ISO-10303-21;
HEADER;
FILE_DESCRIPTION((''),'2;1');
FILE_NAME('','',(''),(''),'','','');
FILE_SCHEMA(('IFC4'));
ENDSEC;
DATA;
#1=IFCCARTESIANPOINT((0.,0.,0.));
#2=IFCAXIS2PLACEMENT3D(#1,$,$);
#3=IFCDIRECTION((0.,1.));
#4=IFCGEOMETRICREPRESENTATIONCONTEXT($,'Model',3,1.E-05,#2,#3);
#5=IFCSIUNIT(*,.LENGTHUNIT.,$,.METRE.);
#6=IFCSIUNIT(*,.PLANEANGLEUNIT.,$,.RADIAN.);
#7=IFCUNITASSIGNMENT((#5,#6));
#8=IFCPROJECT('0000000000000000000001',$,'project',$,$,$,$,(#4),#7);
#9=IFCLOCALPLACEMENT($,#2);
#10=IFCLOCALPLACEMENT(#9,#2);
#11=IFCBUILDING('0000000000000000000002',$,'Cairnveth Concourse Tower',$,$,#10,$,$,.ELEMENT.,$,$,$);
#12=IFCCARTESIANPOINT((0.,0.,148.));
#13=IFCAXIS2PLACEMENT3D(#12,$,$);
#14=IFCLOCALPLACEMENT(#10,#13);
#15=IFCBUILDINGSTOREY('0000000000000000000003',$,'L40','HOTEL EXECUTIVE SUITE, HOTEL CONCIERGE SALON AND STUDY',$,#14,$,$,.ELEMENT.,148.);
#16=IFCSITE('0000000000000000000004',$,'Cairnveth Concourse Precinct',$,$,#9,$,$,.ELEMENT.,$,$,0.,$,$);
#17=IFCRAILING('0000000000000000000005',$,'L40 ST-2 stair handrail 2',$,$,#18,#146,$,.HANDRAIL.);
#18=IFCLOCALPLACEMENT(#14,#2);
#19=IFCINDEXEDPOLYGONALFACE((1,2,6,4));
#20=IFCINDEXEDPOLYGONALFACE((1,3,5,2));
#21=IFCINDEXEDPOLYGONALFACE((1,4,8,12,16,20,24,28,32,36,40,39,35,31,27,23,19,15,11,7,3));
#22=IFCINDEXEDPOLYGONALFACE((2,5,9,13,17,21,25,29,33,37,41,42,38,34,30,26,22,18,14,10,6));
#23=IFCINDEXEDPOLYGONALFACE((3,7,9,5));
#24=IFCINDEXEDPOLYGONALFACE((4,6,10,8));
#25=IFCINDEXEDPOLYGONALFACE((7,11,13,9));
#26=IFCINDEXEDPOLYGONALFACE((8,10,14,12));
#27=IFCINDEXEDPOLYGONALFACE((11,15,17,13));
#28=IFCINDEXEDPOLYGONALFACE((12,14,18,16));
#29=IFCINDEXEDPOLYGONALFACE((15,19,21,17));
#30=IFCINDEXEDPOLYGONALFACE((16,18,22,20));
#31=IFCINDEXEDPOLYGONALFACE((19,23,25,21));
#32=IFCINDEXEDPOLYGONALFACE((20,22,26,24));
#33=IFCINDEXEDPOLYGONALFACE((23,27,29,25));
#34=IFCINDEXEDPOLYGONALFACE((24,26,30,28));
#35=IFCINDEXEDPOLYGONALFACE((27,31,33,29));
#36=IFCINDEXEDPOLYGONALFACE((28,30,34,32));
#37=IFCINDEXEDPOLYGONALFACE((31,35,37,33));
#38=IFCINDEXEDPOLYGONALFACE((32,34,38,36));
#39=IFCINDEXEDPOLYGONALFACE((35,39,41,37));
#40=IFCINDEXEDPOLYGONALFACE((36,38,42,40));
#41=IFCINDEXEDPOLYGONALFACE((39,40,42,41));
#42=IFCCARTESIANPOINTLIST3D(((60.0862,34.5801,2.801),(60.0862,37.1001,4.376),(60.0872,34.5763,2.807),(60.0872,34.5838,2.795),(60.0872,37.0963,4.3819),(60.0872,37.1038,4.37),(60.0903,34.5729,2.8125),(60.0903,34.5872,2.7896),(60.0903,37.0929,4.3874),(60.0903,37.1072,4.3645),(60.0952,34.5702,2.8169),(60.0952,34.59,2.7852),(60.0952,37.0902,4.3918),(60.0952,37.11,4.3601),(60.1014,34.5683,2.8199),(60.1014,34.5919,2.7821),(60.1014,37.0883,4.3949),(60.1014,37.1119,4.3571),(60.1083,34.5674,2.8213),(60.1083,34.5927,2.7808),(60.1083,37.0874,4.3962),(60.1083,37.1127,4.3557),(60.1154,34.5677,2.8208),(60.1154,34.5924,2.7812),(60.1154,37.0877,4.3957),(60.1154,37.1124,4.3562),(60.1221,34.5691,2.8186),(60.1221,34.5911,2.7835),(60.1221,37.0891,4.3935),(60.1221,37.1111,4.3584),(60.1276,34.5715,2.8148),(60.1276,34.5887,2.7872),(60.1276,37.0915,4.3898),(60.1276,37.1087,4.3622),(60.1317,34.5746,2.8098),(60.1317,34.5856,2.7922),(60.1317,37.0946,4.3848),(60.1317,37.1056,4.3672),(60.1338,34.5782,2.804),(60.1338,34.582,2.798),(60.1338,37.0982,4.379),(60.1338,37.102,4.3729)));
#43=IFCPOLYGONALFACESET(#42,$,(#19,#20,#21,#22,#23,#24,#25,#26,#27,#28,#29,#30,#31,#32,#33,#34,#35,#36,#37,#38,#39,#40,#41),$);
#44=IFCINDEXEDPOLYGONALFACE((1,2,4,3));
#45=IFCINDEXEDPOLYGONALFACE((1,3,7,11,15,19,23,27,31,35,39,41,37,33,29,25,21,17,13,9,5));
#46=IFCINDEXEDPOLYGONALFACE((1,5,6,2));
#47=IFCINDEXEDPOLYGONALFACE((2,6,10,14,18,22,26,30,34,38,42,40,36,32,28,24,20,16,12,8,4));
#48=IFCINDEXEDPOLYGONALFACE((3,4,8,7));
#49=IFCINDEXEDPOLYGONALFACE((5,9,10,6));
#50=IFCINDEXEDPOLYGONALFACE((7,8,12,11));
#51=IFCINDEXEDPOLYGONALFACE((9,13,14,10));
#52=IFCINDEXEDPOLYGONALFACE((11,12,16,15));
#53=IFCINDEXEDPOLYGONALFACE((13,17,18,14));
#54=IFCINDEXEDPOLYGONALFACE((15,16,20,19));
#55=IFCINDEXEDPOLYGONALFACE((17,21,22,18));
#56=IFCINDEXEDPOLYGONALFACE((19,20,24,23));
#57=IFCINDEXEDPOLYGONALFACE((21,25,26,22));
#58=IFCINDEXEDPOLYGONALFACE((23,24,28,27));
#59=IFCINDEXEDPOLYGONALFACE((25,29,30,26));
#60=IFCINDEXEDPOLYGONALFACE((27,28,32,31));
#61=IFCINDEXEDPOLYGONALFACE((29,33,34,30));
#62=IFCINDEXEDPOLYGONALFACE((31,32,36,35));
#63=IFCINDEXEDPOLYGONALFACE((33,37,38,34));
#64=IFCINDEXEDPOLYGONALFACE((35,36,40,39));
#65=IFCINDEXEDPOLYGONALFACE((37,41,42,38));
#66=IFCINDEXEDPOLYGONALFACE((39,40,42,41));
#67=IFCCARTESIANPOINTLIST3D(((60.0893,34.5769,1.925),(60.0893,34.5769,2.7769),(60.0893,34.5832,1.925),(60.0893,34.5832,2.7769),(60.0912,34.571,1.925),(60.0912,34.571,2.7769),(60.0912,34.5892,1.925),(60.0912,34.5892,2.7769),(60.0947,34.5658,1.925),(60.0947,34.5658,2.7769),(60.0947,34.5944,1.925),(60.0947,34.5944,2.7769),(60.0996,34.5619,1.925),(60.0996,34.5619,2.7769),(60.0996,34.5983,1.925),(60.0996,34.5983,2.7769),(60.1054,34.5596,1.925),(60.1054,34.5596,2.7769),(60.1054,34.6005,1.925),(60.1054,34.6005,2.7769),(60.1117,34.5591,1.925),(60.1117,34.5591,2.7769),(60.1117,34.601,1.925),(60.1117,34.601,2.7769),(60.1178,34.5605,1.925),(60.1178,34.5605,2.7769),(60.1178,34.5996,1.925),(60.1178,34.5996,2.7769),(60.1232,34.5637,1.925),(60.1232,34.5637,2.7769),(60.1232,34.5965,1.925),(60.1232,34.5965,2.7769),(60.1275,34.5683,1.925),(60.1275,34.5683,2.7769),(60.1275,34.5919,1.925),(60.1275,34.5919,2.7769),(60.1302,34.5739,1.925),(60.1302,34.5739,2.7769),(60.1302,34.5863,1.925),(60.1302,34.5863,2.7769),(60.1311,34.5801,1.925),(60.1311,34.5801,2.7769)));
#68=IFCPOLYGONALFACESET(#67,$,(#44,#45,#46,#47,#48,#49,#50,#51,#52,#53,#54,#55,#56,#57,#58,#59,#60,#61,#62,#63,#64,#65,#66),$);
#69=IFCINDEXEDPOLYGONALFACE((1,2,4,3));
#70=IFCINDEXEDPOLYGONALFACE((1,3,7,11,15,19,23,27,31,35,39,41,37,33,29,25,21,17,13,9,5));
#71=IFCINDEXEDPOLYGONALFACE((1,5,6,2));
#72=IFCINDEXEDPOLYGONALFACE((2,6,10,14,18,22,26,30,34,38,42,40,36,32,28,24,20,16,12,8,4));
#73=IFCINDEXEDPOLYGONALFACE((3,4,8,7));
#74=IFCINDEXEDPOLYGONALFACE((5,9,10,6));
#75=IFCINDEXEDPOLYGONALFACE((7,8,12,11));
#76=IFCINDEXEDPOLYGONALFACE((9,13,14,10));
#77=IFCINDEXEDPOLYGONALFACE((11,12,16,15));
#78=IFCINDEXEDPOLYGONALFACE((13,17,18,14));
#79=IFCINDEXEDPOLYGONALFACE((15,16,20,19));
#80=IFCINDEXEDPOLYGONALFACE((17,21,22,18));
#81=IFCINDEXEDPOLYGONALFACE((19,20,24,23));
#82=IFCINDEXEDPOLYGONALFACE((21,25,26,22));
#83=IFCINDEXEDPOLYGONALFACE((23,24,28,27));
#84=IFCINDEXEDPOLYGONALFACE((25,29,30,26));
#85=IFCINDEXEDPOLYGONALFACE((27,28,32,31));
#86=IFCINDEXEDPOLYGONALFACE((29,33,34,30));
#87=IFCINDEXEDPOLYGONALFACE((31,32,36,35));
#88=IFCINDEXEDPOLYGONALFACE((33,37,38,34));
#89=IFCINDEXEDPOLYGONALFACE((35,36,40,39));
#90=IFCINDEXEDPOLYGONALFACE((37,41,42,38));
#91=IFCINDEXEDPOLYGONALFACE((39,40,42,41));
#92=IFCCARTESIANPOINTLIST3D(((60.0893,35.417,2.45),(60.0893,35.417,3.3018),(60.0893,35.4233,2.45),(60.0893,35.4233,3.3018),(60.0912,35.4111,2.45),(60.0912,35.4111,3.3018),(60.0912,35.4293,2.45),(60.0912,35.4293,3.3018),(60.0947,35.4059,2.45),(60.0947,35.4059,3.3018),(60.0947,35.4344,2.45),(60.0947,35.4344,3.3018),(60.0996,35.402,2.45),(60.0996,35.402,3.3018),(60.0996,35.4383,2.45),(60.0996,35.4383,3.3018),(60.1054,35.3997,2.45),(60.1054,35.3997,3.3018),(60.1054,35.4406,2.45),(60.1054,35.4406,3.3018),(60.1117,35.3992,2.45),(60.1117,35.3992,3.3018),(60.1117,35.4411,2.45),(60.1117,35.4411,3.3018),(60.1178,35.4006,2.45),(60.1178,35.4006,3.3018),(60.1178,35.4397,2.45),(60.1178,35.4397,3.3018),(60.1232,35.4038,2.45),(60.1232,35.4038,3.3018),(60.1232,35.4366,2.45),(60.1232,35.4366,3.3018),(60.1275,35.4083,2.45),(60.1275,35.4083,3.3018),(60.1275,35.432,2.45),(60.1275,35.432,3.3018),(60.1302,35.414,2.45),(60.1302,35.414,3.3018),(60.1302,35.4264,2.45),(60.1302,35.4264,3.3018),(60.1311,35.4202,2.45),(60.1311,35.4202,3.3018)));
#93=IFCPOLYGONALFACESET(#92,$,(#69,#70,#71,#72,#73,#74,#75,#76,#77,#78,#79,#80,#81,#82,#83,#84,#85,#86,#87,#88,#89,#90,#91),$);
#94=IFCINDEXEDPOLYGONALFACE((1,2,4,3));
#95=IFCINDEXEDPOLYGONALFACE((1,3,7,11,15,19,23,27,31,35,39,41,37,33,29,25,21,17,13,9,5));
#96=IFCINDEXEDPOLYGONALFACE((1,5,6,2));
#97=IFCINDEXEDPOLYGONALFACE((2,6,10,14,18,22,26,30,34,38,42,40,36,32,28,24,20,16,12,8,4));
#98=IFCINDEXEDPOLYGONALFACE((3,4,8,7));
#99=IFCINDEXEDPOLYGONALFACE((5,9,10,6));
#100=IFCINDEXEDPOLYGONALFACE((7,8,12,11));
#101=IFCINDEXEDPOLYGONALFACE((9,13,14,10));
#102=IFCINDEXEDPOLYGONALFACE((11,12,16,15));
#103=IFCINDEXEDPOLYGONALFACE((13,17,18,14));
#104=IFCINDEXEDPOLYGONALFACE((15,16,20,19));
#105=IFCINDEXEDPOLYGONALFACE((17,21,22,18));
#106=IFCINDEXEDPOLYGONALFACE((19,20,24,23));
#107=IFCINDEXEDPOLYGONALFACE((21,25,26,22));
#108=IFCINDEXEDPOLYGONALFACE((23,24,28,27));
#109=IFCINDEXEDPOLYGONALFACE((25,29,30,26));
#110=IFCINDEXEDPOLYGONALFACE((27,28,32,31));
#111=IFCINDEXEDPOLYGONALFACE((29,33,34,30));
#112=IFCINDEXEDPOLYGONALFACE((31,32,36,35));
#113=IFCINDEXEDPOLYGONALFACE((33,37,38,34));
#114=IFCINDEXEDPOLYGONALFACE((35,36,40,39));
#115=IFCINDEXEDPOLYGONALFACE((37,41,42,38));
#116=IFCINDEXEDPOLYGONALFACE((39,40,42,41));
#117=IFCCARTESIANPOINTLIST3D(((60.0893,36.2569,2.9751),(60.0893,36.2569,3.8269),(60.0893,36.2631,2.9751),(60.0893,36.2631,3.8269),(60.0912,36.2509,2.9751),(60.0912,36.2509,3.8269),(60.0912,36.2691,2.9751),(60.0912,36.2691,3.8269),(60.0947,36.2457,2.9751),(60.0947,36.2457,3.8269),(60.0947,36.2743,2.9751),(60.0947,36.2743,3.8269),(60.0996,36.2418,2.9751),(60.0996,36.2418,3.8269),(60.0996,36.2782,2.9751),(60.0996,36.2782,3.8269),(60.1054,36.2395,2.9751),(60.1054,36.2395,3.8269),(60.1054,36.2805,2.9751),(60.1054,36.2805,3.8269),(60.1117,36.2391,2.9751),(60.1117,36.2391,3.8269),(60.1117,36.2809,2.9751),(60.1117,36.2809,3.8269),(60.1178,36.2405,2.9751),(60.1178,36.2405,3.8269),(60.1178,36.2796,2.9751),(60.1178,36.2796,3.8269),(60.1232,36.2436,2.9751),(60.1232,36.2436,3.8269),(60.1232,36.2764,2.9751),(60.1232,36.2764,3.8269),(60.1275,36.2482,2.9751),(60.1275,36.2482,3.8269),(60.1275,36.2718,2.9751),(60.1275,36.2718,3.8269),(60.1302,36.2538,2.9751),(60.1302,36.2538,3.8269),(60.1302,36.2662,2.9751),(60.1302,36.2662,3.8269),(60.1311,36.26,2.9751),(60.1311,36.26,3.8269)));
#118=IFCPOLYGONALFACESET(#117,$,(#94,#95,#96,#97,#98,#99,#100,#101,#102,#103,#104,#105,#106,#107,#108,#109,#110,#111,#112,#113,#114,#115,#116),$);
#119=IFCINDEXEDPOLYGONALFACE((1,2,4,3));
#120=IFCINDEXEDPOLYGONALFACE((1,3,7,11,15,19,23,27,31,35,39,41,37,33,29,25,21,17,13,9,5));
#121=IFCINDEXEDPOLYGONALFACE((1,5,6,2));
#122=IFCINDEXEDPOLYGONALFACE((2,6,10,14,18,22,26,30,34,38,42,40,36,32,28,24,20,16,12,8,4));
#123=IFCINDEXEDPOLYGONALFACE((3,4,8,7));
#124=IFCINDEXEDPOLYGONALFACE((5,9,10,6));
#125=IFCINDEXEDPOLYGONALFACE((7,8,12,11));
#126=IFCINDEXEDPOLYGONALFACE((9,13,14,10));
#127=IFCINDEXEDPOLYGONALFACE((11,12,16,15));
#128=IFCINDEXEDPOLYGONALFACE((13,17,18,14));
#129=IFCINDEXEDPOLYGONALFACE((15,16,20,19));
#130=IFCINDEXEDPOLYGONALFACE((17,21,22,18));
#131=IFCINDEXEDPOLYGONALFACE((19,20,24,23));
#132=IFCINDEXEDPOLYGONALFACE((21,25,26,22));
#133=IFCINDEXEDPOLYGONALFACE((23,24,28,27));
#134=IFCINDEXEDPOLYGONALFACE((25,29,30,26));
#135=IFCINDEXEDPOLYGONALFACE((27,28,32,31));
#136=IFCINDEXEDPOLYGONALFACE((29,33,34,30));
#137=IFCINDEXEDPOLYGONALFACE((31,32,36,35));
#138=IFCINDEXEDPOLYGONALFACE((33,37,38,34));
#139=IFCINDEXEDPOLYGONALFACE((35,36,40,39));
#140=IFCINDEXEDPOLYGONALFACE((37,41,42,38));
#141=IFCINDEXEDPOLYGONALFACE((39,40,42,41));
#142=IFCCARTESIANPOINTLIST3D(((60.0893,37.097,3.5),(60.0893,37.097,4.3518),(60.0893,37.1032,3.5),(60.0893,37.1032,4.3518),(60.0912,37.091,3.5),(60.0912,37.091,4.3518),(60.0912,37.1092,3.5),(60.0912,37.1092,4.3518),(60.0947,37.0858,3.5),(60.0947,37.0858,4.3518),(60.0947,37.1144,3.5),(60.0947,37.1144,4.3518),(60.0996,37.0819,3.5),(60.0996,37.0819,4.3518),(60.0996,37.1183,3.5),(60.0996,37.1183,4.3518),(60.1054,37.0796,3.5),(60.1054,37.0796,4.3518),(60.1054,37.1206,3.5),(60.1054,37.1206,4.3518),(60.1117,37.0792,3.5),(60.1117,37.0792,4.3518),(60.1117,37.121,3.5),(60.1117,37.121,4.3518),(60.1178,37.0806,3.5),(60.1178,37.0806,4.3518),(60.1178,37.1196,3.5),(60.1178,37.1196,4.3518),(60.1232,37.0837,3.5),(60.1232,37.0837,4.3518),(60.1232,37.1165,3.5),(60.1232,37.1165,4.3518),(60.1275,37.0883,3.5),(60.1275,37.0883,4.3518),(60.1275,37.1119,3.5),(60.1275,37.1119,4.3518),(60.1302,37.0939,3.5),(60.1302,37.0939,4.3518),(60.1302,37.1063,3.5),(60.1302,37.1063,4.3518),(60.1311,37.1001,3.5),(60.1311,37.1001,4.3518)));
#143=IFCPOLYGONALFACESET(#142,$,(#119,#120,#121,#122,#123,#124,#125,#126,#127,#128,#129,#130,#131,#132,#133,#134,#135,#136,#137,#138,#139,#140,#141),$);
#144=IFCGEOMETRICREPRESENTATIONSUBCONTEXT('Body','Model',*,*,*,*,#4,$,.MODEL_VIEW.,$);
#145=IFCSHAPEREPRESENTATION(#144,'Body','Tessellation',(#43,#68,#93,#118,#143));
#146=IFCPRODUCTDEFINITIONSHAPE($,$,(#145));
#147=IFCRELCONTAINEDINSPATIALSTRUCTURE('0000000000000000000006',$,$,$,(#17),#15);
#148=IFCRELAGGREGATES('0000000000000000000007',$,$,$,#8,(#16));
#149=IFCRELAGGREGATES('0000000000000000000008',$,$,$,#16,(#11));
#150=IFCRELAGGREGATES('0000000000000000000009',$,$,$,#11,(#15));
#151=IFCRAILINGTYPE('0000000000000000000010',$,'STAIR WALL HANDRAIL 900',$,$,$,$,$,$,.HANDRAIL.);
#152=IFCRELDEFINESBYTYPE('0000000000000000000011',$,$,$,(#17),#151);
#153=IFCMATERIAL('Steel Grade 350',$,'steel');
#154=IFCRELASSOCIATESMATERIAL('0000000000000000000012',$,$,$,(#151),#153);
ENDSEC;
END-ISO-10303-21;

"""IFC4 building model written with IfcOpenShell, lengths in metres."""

from ifc_helpers import new_model, si_unit, direction, frame, origin, origin_2d, place, context, subcontext, project, spatial, circle, extrude, material, type_object, element, save


model = new_model("IFC4")

# Units and contexts
model_context = context("Model", 3, precision=1e-05, world=origin(), true_north=direction((0.0, 1.0)))
body_context = subcontext(model_context, "Body", "Model", "MODEL_VIEW")
ifc_project = project(units=[si_unit("LENGTHUNIT", "METRE"), si_unit("PLANEANGLEUNIT", "RADIAN")], contexts=[model_context])

# Site, building, storey
site_placement = place(None, origin())
site = spatial("IfcSite", under=ifc_project, at=site_placement, Name="Cairnveth Concourse Precinct", CompositionType="ELEMENT", RefElevation=0.0)
building_placement = place(site_placement, origin())
building = spatial("IfcBuilding", under=site, at=building_placement, Name="Cairnveth Concourse Tower", CompositionType="ELEMENT")
storey_placement = place(building_placement, frame((0.0, 0.0, 148.0)))
storey = spatial("IfcBuildingStorey", under=building, at=storey_placement, Name="L40", Description="HOTEL EXECUTIVE SUITE, HOTEL CONCIERGE SALON AND STUDY", CompositionType="ELEMENT", Elevation=148.0)

# Shared definitions
ifc_material_1 = material(Name="Steel Grade 350", Category="steel")

# Railing
railing_type_1 = type_object("IfcRailingType", Name="STAIR WALL HANDRAIL 900", PredefinedType="HANDRAIL", material=ifc_material_1)
railing_1_placement = place(storey_placement, frame((60.1101, 34.5801, 1.925)))
element("IfcRailing", 1, at=railing_1_placement, inside=storey, type_object=railing_type_1, Name="L40 ST-2 stair handrail 2", PredefinedType="HANDRAIL", context=body_context, shape_type="SweptSolid", body=[
    extrude(circle(Radius=0.0239, at=origin_2d()), frame((0.0, 0.0, 0.876), z_axis=(0.0, 0.848008, 0.529984), x_axis=(-1.0, 0.0, 0.0)), (0.0, 0.0, 1.0), 2.9717),
    extrude(circle(Radius=0.021, at=origin_2d()), origin(), (0.0, 0.0, 1.0), 0.8518),
    extrude(circle(Radius=0.021, at=origin_2d()), frame((0.0, 0.8401, 0.5249)), (0.0, 0.0, 1.0), 0.8518),
    extrude(circle(Radius=0.021, at=origin_2d()), frame((0.0, 1.6799, 1.05)), (0.0, 0.0, 1.0), 0.8518),
    extrude(circle(Radius=0.021, at=origin_2d()), frame((0.0, 2.52, 1.575)), (0.0, 0.0, 1.0), 0.8518),
])

save(model, "model.ifc")
